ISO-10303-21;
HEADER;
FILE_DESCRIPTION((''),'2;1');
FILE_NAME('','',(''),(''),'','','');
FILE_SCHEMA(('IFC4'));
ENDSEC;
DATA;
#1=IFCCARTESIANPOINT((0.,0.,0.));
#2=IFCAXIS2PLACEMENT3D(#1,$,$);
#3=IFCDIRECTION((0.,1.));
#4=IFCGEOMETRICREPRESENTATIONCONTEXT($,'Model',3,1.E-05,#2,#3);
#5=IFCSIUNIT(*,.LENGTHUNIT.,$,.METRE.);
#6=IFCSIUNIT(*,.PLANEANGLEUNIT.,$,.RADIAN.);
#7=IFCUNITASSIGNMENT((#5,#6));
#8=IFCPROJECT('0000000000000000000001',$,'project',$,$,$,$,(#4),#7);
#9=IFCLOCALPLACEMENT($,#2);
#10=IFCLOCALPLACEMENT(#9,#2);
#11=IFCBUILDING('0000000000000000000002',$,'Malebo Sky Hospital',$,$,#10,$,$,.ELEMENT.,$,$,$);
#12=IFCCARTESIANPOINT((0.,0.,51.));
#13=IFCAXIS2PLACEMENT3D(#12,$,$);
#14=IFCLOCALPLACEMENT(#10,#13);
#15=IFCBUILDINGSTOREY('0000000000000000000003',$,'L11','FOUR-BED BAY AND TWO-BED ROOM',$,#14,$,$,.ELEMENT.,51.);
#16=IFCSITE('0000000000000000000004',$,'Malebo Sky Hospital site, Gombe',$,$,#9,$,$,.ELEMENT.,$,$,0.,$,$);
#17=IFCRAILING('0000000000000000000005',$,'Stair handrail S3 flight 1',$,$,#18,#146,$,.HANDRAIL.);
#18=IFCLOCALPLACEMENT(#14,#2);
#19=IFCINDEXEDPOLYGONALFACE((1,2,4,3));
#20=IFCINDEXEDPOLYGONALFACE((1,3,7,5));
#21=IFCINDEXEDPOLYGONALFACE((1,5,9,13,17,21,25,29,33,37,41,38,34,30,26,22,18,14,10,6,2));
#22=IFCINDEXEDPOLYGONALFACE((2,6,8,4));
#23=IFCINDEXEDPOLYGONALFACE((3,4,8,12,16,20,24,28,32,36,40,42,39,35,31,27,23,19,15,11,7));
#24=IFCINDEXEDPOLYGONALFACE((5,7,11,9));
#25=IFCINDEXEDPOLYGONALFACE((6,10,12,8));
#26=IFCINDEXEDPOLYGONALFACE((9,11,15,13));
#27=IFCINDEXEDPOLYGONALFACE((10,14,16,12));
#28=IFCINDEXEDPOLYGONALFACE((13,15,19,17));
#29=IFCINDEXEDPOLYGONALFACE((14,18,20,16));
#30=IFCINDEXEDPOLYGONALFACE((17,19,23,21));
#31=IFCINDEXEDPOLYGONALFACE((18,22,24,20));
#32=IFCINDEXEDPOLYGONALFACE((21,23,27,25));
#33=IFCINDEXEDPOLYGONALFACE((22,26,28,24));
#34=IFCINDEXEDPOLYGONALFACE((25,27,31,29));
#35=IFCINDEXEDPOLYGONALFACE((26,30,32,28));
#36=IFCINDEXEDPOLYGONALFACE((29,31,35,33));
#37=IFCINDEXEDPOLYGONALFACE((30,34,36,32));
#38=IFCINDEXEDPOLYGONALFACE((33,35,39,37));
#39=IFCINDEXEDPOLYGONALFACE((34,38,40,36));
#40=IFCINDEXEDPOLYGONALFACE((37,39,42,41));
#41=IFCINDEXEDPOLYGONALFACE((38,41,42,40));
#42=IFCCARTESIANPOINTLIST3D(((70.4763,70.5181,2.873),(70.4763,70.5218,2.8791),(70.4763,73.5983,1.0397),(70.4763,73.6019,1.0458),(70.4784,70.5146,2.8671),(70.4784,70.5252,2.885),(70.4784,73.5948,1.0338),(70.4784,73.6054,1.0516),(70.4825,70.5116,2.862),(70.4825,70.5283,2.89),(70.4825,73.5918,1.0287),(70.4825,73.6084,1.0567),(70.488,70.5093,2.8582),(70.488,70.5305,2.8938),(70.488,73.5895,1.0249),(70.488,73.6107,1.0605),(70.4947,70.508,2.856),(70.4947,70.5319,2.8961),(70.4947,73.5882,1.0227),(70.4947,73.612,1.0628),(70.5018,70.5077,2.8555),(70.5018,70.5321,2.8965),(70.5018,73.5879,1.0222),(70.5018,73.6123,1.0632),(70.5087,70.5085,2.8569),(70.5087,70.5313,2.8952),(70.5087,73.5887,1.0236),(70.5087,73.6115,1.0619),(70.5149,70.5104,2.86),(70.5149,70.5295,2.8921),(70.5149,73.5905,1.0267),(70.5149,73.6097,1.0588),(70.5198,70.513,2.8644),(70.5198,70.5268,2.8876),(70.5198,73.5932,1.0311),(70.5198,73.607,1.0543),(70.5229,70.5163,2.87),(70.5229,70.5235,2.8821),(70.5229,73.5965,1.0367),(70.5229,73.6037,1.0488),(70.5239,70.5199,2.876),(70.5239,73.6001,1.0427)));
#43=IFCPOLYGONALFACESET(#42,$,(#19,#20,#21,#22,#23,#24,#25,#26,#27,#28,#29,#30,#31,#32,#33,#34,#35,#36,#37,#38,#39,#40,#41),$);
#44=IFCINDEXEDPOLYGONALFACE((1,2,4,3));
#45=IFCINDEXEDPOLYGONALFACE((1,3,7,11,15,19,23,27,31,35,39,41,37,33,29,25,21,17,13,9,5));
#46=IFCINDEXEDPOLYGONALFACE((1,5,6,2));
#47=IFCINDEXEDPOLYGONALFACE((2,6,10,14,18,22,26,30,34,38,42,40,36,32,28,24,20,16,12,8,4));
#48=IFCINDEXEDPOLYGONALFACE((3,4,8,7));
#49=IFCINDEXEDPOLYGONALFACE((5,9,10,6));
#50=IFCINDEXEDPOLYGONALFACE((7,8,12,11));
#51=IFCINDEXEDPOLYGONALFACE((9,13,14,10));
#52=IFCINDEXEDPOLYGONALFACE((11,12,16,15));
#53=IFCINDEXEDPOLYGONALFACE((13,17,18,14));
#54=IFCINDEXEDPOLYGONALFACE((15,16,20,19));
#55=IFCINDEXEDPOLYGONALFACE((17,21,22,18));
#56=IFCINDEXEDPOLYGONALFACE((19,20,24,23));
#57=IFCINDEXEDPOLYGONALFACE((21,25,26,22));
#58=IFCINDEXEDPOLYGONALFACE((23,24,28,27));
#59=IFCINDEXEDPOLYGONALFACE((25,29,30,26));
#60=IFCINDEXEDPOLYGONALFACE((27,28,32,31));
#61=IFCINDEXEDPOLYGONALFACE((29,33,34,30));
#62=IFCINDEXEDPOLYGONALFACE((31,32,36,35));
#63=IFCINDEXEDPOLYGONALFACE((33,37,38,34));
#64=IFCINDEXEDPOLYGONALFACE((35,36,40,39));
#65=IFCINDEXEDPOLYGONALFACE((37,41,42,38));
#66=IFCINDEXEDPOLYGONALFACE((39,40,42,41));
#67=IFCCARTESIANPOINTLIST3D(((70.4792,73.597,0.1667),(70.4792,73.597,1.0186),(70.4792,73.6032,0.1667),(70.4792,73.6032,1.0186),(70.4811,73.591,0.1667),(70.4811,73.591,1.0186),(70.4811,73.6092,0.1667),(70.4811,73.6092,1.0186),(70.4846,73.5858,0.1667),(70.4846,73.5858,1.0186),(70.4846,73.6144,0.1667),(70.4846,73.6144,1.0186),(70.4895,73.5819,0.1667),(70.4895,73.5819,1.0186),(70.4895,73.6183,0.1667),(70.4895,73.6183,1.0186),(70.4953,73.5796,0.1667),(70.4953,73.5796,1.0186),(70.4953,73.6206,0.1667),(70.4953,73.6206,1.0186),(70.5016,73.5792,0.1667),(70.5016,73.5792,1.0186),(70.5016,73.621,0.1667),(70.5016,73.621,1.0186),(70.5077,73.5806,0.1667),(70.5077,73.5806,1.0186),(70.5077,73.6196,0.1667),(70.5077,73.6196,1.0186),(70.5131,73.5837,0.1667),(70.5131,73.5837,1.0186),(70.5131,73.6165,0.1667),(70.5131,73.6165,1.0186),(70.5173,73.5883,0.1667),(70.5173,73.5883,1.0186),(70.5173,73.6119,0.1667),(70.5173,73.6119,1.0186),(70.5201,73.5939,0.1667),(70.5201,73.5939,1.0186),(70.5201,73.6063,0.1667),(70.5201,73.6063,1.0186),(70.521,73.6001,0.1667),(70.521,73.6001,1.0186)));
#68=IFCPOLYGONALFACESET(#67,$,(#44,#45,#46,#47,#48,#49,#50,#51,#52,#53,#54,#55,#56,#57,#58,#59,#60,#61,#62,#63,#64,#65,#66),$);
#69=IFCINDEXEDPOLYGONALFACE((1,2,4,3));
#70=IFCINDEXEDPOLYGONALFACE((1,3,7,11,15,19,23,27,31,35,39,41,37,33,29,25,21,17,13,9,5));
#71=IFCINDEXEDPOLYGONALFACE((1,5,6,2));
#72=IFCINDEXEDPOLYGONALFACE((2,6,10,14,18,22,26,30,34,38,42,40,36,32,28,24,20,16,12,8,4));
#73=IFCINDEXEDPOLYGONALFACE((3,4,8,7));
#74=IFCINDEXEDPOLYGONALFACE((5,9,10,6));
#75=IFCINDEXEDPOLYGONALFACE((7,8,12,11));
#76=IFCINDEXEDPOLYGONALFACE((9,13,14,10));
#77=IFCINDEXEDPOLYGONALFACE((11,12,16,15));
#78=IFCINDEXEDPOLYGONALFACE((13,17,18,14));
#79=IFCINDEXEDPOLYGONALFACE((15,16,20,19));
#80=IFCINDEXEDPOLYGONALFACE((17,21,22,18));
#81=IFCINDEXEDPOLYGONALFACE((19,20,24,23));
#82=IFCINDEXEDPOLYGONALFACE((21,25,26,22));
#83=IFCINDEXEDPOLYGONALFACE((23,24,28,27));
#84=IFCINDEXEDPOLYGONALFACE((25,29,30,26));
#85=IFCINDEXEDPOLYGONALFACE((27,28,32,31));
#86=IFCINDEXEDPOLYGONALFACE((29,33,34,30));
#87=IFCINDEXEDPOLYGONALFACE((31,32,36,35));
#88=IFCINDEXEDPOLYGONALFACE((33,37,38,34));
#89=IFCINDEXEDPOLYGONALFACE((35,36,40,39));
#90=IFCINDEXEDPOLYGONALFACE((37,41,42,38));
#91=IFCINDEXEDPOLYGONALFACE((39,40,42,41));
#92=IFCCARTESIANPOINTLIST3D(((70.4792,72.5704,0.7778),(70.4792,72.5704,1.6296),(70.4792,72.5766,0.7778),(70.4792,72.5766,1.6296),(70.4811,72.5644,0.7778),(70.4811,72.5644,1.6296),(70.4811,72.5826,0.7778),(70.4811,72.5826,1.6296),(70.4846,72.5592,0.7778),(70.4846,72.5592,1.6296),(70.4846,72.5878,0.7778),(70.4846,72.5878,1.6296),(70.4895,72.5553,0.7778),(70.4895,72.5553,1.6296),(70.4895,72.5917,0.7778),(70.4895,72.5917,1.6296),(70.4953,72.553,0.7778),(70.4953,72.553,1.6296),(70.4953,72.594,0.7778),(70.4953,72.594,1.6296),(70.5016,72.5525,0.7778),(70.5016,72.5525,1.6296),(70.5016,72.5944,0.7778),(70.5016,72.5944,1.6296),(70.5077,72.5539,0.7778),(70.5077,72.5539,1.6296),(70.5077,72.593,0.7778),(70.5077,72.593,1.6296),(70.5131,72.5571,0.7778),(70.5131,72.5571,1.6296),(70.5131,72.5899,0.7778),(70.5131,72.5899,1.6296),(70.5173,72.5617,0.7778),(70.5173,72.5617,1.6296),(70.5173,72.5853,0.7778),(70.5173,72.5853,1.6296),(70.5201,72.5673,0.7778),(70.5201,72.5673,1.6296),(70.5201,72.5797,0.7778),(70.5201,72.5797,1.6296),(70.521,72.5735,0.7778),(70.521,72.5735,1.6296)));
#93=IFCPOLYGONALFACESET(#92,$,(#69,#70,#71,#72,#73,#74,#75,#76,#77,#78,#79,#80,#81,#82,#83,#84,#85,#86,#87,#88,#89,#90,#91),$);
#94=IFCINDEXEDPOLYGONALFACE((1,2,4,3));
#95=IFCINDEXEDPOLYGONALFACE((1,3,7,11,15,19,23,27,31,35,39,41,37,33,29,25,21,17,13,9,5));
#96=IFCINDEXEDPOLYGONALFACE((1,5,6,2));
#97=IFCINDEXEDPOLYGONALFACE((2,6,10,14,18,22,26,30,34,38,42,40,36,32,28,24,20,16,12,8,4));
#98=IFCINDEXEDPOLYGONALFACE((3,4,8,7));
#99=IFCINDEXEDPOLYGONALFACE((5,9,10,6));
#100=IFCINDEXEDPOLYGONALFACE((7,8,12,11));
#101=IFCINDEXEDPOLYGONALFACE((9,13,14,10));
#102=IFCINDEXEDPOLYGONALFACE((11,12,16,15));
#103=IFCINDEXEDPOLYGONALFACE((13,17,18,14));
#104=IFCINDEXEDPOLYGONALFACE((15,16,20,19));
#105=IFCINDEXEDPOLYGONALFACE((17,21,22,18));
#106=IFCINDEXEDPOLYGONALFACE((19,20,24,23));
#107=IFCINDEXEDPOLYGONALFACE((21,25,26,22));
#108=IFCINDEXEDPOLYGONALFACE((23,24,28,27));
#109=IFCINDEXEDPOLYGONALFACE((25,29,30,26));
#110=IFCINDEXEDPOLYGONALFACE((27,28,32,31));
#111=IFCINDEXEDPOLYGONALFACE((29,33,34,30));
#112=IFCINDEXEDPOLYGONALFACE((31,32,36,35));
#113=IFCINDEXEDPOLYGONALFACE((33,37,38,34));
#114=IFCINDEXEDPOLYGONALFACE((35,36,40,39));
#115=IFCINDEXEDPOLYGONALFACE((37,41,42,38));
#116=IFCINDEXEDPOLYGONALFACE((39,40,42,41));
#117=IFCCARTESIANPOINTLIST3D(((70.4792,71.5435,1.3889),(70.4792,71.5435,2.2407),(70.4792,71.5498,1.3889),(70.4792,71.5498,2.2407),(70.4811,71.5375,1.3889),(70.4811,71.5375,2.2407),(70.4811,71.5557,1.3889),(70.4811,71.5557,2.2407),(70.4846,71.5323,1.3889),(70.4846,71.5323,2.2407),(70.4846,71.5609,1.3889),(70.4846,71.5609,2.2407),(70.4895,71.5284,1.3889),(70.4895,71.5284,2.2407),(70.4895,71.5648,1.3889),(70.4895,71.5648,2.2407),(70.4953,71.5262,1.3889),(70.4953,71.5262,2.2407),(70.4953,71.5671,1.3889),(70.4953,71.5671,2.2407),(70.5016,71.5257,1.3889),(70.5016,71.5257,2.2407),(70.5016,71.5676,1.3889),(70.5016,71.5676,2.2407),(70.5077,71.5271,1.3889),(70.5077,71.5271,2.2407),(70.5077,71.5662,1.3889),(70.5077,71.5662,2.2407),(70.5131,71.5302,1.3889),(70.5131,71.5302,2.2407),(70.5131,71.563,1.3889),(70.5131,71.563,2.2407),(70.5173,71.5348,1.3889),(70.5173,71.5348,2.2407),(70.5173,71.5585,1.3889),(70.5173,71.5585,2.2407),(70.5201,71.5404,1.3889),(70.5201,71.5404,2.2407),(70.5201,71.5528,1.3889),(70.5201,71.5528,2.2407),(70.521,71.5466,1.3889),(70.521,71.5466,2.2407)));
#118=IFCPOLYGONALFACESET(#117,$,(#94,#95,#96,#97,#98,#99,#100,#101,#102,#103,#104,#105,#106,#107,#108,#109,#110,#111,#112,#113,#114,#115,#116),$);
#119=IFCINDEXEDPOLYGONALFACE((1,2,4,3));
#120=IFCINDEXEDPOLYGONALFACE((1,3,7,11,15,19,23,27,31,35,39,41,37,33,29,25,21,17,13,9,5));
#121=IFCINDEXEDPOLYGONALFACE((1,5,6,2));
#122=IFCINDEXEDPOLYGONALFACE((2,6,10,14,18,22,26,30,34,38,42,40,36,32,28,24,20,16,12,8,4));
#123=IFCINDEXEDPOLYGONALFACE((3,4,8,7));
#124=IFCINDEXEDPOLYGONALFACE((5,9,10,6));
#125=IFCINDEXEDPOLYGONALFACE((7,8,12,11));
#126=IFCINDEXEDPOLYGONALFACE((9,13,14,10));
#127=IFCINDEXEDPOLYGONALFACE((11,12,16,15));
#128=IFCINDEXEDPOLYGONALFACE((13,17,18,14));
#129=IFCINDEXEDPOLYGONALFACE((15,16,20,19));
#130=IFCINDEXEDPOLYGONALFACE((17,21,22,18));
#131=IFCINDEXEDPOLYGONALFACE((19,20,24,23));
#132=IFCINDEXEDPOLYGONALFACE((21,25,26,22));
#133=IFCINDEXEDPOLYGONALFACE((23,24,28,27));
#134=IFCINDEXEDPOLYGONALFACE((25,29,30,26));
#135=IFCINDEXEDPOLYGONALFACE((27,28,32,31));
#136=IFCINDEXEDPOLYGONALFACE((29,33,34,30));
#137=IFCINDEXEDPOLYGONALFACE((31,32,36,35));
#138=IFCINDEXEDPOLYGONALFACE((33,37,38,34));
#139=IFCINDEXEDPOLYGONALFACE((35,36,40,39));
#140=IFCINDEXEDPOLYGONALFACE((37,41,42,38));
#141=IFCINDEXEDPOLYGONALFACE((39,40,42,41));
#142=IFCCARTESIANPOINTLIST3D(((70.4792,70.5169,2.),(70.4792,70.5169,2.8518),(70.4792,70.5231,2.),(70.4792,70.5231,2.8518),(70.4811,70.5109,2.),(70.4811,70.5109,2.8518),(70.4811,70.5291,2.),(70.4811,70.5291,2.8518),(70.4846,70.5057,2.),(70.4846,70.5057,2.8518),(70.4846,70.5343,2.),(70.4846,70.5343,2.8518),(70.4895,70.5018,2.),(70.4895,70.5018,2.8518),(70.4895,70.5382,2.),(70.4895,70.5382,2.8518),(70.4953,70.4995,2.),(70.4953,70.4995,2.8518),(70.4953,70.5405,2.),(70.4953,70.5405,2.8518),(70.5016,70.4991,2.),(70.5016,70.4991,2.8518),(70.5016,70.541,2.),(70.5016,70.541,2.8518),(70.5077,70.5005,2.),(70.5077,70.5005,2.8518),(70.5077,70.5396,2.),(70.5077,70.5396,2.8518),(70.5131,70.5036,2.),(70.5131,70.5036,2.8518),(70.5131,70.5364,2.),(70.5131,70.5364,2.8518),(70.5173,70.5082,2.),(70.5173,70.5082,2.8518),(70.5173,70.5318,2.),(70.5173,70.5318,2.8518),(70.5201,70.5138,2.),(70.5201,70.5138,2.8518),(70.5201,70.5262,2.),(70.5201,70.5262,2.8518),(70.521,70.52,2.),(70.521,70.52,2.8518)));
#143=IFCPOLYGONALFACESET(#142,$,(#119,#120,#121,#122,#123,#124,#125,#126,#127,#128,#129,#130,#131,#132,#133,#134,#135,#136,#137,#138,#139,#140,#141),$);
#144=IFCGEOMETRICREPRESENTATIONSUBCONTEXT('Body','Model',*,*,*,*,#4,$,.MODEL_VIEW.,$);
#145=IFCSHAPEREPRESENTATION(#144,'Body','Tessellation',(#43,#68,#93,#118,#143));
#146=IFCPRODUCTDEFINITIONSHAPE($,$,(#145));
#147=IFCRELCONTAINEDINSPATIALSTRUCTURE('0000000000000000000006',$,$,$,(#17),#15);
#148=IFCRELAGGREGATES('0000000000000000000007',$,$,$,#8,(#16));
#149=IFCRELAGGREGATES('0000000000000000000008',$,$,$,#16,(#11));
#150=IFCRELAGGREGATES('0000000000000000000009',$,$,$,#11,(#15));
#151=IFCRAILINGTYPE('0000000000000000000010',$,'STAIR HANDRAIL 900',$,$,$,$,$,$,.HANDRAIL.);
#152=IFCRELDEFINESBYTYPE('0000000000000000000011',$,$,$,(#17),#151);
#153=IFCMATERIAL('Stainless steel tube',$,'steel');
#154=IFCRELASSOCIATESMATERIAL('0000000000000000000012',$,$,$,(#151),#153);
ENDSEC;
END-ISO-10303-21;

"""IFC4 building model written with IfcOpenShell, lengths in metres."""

from ifc_helpers import new_model, si_unit, direction, frame, origin, origin_2d, place, context, subcontext, project, spatial, circle, extrude, material, type_object, element, save


model = new_model("IFC4")

# Units and contexts
model_context = context("Model", 3, precision=1e-05, world=origin(), true_north=direction((0.0, 1.0)))
body_context = subcontext(model_context, "Body", "Model", "MODEL_VIEW")
ifc_project = project(units=[si_unit("LENGTHUNIT", "METRE"), si_unit("PLANEANGLEUNIT", "RADIAN")], contexts=[model_context])

# Site, building, storey
site_placement = place(None, origin())
site = spatial("IfcSite", under=ifc_project, at=site_placement, Name="Malebo Sky Hospital site, Gombe", CompositionType="ELEMENT", RefElevation=0.0)
building_placement = place(site_placement, origin())
building = spatial("IfcBuilding", under=site, at=building_placement, Name="Malebo Sky Hospital", CompositionType="ELEMENT")
storey_placement = place(building_placement, frame((0.0, 0.0, 51.0)))
storey = spatial("IfcBuildingStorey", under=building, at=storey_placement, Name="L11", Description="FOUR-BED BAY AND TWO-BED ROOM", CompositionType="ELEMENT", Elevation=51.0)

# Railing
ifc_material_1 = material(Name="Stainless steel tube", Category="steel")
railing_type = type_object("IfcRailingType", Name="STAIR HANDRAIL 900", PredefinedType="HANDRAIL", material=ifc_material_1)
railing_1_placement = place(storey_placement, frame((70.5, 73.6001, 0.1667)))
element("IfcRailing", 1, at=railing_1_placement, inside=storey, type_object=railing_type, Name="Stair handrail S3 flight 1", PredefinedType="HANDRAIL", context=body_context, shape_type="SweptSolid", body=[
    extrude(circle(Radius=0.0239, at=origin_2d()), frame((0.0, 0.0, 0.876), z_axis=(0.0, -0.859309, 0.511458), x_axis=(1.0, 0.0, 0.0)), (0.0, 0.0, 1.0), 3.5845),
    extrude(circle(Radius=0.021, at=origin_2d()), origin(), (0.0, 0.0, 1.0), 0.8518),
    extrude(circle(Radius=0.021, at=origin_2d()), frame((0.0, -1.0266, 0.6111)), (0.0, 0.0, 1.0), 0.8518),
    extrude(circle(Radius=0.021, at=origin_2d()), frame((0.0, -2.0535, 1.2222)), (0.0, 0.0, 1.0), 0.8518),
    extrude(circle(Radius=0.021, at=origin_2d()), frame((0.0, -3.0801, 1.8333)), (0.0, 0.0, 1.0), 0.8518),
])

save(model, "model.ifc")
